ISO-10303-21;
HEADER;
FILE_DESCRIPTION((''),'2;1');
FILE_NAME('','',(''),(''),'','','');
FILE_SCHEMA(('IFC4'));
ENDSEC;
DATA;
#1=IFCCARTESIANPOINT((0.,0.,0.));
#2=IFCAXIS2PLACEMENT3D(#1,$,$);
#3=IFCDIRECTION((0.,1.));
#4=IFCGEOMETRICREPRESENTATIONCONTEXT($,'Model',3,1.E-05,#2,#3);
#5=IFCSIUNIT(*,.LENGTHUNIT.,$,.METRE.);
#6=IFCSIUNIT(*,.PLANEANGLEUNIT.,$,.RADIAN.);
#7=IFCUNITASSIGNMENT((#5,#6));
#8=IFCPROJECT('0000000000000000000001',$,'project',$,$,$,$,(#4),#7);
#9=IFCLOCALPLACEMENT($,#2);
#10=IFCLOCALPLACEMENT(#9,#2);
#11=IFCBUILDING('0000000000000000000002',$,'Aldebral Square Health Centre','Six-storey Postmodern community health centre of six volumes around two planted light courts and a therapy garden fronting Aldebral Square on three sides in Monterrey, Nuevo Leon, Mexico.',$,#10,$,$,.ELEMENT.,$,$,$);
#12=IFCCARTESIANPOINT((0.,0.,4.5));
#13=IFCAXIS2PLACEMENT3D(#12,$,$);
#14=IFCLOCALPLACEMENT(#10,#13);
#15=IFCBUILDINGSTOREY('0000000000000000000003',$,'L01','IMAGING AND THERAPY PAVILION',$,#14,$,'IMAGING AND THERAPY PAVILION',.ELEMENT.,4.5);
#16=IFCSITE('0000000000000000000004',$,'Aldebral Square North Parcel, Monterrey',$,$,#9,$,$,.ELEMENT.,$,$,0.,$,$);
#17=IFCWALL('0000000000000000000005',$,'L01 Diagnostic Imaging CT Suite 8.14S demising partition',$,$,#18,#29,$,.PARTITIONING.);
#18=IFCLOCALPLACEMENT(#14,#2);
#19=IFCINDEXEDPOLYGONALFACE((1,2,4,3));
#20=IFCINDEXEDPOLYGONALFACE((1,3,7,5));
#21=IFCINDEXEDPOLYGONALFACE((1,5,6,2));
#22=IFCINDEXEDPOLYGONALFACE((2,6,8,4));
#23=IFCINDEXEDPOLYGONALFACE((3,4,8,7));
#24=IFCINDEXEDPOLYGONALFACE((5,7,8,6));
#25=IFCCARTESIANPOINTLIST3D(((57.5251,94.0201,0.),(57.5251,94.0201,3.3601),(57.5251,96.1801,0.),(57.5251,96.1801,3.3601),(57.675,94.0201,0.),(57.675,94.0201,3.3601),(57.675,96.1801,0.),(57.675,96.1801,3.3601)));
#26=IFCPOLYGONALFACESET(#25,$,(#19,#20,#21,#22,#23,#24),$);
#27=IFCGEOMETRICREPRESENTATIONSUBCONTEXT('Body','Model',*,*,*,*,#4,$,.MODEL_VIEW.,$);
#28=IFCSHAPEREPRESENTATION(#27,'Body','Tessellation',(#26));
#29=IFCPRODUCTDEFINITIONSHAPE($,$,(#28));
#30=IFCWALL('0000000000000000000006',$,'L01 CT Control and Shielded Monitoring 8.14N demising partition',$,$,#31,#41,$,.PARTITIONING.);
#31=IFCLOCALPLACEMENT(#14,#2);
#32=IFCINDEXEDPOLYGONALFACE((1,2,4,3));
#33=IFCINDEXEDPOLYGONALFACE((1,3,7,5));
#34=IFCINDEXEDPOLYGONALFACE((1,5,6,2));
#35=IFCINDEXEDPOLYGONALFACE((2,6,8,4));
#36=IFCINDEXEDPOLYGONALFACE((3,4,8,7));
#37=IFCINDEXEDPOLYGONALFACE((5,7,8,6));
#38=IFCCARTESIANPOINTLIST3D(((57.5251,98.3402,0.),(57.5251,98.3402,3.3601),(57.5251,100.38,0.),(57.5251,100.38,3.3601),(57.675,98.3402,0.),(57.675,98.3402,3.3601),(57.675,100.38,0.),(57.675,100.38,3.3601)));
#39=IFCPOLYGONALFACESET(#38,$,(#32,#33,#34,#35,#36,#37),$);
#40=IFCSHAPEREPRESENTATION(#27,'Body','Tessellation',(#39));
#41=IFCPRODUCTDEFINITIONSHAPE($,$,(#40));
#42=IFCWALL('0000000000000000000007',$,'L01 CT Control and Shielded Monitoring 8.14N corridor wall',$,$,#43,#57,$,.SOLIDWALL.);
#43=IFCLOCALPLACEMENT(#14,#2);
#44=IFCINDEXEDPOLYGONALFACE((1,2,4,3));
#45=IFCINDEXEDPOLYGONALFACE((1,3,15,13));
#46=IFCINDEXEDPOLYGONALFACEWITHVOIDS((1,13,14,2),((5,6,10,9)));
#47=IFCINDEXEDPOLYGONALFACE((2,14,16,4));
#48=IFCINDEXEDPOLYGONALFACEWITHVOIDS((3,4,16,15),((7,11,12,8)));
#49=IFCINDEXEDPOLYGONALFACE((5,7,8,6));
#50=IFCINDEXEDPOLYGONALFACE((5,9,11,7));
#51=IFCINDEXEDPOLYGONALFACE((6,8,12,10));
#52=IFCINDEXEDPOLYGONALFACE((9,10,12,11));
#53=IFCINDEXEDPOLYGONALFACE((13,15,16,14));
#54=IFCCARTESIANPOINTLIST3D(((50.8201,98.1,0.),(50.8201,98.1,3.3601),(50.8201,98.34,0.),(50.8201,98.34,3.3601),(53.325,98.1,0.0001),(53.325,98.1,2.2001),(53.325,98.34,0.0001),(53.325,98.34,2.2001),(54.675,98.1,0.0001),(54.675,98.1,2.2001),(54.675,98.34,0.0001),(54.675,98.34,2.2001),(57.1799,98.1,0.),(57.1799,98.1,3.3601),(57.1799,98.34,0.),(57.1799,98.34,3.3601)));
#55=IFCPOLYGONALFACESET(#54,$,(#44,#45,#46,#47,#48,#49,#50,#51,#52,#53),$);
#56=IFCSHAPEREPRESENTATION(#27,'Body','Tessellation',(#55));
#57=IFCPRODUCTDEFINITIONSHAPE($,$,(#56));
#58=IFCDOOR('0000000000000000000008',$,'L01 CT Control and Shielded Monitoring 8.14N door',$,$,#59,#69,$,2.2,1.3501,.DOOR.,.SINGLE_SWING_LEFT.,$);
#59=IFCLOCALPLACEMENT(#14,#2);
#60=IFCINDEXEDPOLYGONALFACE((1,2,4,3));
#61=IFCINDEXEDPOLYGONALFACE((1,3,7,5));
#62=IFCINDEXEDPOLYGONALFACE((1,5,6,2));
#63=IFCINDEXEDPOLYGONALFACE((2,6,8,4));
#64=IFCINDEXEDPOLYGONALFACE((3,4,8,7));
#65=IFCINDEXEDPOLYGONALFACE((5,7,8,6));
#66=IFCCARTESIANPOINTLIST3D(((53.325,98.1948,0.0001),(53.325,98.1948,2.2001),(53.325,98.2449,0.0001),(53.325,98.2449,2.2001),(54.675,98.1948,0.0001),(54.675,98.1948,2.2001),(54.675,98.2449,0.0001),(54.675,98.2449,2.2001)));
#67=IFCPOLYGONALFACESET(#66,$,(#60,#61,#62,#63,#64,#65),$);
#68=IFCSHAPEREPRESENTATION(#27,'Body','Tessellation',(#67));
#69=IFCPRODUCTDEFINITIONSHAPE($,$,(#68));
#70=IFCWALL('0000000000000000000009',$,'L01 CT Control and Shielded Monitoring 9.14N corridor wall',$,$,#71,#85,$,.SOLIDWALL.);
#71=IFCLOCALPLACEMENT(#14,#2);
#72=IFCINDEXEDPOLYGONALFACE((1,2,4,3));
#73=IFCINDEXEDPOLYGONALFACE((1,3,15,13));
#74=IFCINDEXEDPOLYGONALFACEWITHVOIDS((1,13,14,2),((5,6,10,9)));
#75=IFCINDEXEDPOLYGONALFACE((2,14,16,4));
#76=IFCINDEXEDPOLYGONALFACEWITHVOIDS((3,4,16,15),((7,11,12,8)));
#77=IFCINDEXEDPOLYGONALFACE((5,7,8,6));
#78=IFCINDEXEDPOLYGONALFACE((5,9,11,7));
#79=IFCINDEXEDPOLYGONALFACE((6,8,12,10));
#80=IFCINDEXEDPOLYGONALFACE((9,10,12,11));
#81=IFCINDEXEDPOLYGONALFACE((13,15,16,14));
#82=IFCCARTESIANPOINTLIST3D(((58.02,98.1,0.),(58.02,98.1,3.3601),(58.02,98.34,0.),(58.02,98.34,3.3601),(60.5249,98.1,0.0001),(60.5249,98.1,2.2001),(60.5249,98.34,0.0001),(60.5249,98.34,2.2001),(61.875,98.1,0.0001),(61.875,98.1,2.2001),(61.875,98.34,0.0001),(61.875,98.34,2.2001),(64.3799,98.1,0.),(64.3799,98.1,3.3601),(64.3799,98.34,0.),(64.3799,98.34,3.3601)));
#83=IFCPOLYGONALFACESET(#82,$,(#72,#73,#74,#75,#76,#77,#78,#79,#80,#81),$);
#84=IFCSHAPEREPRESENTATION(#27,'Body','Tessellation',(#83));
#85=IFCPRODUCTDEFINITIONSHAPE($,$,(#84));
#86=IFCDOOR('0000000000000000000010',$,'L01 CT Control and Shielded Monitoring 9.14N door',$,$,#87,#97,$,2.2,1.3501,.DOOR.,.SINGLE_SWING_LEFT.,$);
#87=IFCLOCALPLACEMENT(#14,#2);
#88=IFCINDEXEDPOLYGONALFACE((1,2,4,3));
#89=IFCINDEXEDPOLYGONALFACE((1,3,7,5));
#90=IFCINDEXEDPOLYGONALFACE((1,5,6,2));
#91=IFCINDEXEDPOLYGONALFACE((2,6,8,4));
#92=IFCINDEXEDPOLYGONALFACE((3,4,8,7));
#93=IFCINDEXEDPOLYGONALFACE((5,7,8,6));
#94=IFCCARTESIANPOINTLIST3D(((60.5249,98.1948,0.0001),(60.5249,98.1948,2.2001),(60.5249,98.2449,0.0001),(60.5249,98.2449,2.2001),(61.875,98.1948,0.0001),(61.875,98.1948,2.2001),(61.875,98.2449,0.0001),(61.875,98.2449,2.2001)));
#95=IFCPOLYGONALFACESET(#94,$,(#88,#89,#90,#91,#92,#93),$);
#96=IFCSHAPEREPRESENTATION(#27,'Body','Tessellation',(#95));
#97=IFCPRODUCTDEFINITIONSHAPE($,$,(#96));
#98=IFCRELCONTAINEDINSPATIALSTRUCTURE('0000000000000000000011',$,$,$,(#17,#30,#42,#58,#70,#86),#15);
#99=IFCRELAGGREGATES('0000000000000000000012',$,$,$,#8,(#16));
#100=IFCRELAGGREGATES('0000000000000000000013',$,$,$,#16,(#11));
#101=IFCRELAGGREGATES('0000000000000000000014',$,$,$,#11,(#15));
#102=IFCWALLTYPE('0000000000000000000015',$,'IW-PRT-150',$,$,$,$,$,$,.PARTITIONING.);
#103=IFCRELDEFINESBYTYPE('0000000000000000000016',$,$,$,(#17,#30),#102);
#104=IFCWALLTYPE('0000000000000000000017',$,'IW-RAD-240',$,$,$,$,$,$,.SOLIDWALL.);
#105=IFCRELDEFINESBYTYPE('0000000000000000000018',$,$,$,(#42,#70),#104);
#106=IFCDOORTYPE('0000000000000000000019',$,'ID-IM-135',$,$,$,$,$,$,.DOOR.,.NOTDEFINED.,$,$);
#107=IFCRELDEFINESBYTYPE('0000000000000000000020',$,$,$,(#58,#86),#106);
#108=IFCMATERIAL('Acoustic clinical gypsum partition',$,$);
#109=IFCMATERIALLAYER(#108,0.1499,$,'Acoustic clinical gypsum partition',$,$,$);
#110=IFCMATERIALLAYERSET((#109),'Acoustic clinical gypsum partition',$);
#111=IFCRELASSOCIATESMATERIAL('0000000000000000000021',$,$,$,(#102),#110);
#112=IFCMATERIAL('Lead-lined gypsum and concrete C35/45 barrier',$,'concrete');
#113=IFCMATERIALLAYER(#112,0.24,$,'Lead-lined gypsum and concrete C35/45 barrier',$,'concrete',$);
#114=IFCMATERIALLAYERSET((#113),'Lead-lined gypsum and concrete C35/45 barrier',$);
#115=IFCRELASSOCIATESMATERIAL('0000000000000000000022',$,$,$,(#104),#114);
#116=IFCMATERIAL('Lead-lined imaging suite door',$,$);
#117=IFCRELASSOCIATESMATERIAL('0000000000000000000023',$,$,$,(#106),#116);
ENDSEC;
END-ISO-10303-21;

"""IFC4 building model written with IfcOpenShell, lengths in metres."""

from ifc_helpers import new_model, si_unit, direction, frame, frame_2d, origin, place, context, subcontext, project, spatial, rectangle, extrude, material, layer, layer_set, type_object, element, fill, save


model = new_model("IFC4")

# Units and contexts
model_context = context("Model", 3, precision=1e-05, world=origin(), true_north=direction((0.0, 1.0)))
body_context = subcontext(model_context, "Body", "Model", "MODEL_VIEW")
ifc_project = project(units=[si_unit("LENGTHUNIT", "METRE"), si_unit("PLANEANGLEUNIT", "RADIAN")], contexts=[model_context])

# Site, building, storey
site_placement = place(None, origin())
site = spatial("IfcSite", under=ifc_project, at=site_placement, Name="Aldebral Square North Parcel, Monterrey", CompositionType="ELEMENT", RefElevation=0.0)
building_placement = place(site_placement, origin())
building = spatial("IfcBuilding", under=site, at=building_placement, Name="Aldebral Square Health Centre", Description="Six-storey Postmodern community health centre of six volumes around two planted light courts and a therapy garden fronting Aldebral Square on three sides in Monterrey, Nuevo Leon, Mexico.", CompositionType="ELEMENT")
storey_placement = place(building_placement, frame((0.0, 0.0, 4.5)))
storey = spatial("IfcBuildingStorey", under=building, at=storey_placement, Name="L01", Description="IMAGING AND THERAPY PAVILION", LongName="IMAGING AND THERAPY PAVILION", CompositionType="ELEMENT", Elevation=4.5)

# Walls
ifc_material_1 = material(Name="Acoustic clinical gypsum partition")
ifc_layer_1 = layer(ifc_material_1, 0.1499, Name="Acoustic clinical gypsum partition")
ifc_layer_set_1 = layer_set([ifc_layer_1], Name="Acoustic clinical gypsum partition")
wall_type_1 = type_object("IfcWallType", Name="IW-PRT-150", PredefinedType="PARTITIONING", material=ifc_layer_set_1)
wall_1_placement = place(storey_placement, frame((57.6001, 94.02, 0.0), z_axis=(0.0, 0.0, 1.0), x_axis=(0.0, 1.0, 0.0)))
element("IfcWall", 1, at=wall_1_placement, inside=storey, type_object=wall_type_1, Name="L01 Diagnostic Imaging CT Suite 8.14S demising partition", PredefinedType="PARTITIONING", context=body_context, shape_type="SweptSolid", body=[
    extrude(rectangle(XDim=2.1599, YDim=0.1499, at=frame_2d((1.0801, 0.0))), origin(), (0.0, 0.0, 1.0), 3.3601),
])
wall_2_placement = place(storey_placement, frame((57.6001, 98.3401, 0.0), z_axis=(0.0, 0.0, 1.0), x_axis=(0.0, 1.0, 0.0)))
element("IfcWall", 2, at=wall_2_placement, inside=storey, type_object=wall_type_1, Name="L01 CT Control and Shielded Monitoring 8.14N demising partition", PredefinedType="PARTITIONING", context=body_context, shape_type="SweptSolid", body=[
    extrude(rectangle(XDim=2.0398, YDim=0.1499, at=frame_2d((1.02, 0.0))), origin(), (0.0, 0.0, 1.0), 3.3601),
])

# Walls, openings, doors
ifc_material_2 = material(Name="Lead-lined gypsum and concrete C35/45 barrier", Category="concrete")
ifc_layer_2 = layer(ifc_material_2, 0.24, Name="Lead-lined gypsum and concrete C35/45 barrier", Category="concrete")
ifc_layer_set_2 = layer_set([ifc_layer_2], Name="Lead-lined gypsum and concrete C35/45 barrier")
wall_type_2 = type_object("IfcWallType", Name="IW-RAD-240", PredefinedType="SOLIDWALL", material=ifc_layer_set_2)
wall_3_placement = place(storey_placement, frame((50.8201, 98.22, 0.0), z_axis=(0.0, 0.0, 1.0), x_axis=(1.0, 0.0, 0.0)))
wall_3 = element("IfcWall", 3, at=wall_3_placement, inside=storey, type_object=wall_type_2, Name="L01 CT Control and Shielded Monitoring 8.14N corridor wall", PredefinedType="SOLIDWALL", context=body_context, shape_type="SweptSolid", body=[
    extrude(rectangle(XDim=6.3599, YDim=0.24, at=frame_2d((3.1799, 0.0))), origin(), (0.0, 0.0, 1.0), 3.3601),
])
opening_1_placement = place(wall_3_placement, frame((2.5049, 0.0, 0.0)))
opening_1 = element("IfcOpeningElement", 4, at=opening_1_placement, cuts=wall_3, PredefinedType="OPENING", context=body_context, shape_type="SweptSolid", body=[
    extrude(rectangle(XDim=1.3501, YDim=2.2, at=frame_2d((0.675, 1.1001))), frame((0.0, 0.1299, 0.0), z_axis=(0.0, -1.0, 0.0), x_axis=(1.0, 0.0, 0.0)), (0.0, 0.0, 1.0), 0.26),
])
ifc_material_3 = material(Name="Lead-lined imaging suite door")
door_type_1 = type_object("IfcDoorType", Name="ID-IM-135", OperationType="NOTDEFINED", PredefinedType="DOOR", material=ifc_material_3)
door_1_placement = place(opening_1_placement, origin())
door_1 = element("IfcDoor", 5, at=door_1_placement, inside=storey, type_object=door_type_1, Name="L01 CT Control and Shielded Monitoring 8.14N door", OperationType="SINGLE_SWING_LEFT", OverallHeight=2.2, OverallWidth=1.3501, PredefinedType="DOOR", context=body_context, shape_type="SweptSolid", body=[
    extrude(rectangle(XDim=1.3501, YDim=2.2, at=frame_2d((0.675, 1.1001))), frame((0.0, 0.0249, 0.0), z_axis=(0.0, -1.0, 0.0), x_axis=(1.0, 0.0, 0.0)), (0.0, 0.0, 1.0), 0.05),
])
fill(opening_1, door_1)
wall_4_placement = place(storey_placement, frame((58.02, 98.22, 0.0), z_axis=(0.0, 0.0, 1.0), x_axis=(1.0, 0.0, 0.0)))
wall_4 = element("IfcWall", 6, at=wall_4_placement, inside=storey, type_object=wall_type_2, Name="L01 CT Control and Shielded Monitoring 9.14N corridor wall", PredefinedType="SOLIDWALL", context=body_context, shape_type="SweptSolid", body=[
    extrude(rectangle(XDim=6.3599, YDim=0.24, at=frame_2d((3.1799, 0.0))), origin(), (0.0, 0.0, 1.0), 3.3601),
])
opening_2_placement = place(wall_4_placement, frame((2.5049, 0.0, 0.0)))
opening_2 = element("IfcOpeningElement", 7, at=opening_2_placement, cuts=wall_4, PredefinedType="OPENING", context=body_context, shape_type="SweptSolid", body=[
    extrude(rectangle(XDim=1.3501, YDim=2.2, at=frame_2d((0.675, 1.1001))), frame((0.0, 0.1299, 0.0), z_axis=(0.0, -1.0, 0.0), x_axis=(1.0, 0.0, 0.0)), (0.0, 0.0, 1.0), 0.26),
])
door_2_placement = place(opening_2_placement, origin())
door_2 = element("IfcDoor", 8, at=door_2_placement, inside=storey, type_object=door_type_1, Name="L01 CT Control and Shielded Monitoring 9.14N door", OperationType="SINGLE_SWING_LEFT", OverallHeight=2.2, OverallWidth=1.3501, PredefinedType="DOOR", context=body_context, shape_type="SweptSolid", body=[
    extrude(rectangle(XDim=1.3501, YDim=2.2, at=frame_2d((0.675, 1.1001))), frame((0.0, 0.0249, 0.0), z_axis=(0.0, -1.0, 0.0), x_axis=(1.0, 0.0, 0.0)), (0.0, 0.0, 1.0), 0.05),
])
fill(opening_2, door_2)

save(model, "model.ifc")
